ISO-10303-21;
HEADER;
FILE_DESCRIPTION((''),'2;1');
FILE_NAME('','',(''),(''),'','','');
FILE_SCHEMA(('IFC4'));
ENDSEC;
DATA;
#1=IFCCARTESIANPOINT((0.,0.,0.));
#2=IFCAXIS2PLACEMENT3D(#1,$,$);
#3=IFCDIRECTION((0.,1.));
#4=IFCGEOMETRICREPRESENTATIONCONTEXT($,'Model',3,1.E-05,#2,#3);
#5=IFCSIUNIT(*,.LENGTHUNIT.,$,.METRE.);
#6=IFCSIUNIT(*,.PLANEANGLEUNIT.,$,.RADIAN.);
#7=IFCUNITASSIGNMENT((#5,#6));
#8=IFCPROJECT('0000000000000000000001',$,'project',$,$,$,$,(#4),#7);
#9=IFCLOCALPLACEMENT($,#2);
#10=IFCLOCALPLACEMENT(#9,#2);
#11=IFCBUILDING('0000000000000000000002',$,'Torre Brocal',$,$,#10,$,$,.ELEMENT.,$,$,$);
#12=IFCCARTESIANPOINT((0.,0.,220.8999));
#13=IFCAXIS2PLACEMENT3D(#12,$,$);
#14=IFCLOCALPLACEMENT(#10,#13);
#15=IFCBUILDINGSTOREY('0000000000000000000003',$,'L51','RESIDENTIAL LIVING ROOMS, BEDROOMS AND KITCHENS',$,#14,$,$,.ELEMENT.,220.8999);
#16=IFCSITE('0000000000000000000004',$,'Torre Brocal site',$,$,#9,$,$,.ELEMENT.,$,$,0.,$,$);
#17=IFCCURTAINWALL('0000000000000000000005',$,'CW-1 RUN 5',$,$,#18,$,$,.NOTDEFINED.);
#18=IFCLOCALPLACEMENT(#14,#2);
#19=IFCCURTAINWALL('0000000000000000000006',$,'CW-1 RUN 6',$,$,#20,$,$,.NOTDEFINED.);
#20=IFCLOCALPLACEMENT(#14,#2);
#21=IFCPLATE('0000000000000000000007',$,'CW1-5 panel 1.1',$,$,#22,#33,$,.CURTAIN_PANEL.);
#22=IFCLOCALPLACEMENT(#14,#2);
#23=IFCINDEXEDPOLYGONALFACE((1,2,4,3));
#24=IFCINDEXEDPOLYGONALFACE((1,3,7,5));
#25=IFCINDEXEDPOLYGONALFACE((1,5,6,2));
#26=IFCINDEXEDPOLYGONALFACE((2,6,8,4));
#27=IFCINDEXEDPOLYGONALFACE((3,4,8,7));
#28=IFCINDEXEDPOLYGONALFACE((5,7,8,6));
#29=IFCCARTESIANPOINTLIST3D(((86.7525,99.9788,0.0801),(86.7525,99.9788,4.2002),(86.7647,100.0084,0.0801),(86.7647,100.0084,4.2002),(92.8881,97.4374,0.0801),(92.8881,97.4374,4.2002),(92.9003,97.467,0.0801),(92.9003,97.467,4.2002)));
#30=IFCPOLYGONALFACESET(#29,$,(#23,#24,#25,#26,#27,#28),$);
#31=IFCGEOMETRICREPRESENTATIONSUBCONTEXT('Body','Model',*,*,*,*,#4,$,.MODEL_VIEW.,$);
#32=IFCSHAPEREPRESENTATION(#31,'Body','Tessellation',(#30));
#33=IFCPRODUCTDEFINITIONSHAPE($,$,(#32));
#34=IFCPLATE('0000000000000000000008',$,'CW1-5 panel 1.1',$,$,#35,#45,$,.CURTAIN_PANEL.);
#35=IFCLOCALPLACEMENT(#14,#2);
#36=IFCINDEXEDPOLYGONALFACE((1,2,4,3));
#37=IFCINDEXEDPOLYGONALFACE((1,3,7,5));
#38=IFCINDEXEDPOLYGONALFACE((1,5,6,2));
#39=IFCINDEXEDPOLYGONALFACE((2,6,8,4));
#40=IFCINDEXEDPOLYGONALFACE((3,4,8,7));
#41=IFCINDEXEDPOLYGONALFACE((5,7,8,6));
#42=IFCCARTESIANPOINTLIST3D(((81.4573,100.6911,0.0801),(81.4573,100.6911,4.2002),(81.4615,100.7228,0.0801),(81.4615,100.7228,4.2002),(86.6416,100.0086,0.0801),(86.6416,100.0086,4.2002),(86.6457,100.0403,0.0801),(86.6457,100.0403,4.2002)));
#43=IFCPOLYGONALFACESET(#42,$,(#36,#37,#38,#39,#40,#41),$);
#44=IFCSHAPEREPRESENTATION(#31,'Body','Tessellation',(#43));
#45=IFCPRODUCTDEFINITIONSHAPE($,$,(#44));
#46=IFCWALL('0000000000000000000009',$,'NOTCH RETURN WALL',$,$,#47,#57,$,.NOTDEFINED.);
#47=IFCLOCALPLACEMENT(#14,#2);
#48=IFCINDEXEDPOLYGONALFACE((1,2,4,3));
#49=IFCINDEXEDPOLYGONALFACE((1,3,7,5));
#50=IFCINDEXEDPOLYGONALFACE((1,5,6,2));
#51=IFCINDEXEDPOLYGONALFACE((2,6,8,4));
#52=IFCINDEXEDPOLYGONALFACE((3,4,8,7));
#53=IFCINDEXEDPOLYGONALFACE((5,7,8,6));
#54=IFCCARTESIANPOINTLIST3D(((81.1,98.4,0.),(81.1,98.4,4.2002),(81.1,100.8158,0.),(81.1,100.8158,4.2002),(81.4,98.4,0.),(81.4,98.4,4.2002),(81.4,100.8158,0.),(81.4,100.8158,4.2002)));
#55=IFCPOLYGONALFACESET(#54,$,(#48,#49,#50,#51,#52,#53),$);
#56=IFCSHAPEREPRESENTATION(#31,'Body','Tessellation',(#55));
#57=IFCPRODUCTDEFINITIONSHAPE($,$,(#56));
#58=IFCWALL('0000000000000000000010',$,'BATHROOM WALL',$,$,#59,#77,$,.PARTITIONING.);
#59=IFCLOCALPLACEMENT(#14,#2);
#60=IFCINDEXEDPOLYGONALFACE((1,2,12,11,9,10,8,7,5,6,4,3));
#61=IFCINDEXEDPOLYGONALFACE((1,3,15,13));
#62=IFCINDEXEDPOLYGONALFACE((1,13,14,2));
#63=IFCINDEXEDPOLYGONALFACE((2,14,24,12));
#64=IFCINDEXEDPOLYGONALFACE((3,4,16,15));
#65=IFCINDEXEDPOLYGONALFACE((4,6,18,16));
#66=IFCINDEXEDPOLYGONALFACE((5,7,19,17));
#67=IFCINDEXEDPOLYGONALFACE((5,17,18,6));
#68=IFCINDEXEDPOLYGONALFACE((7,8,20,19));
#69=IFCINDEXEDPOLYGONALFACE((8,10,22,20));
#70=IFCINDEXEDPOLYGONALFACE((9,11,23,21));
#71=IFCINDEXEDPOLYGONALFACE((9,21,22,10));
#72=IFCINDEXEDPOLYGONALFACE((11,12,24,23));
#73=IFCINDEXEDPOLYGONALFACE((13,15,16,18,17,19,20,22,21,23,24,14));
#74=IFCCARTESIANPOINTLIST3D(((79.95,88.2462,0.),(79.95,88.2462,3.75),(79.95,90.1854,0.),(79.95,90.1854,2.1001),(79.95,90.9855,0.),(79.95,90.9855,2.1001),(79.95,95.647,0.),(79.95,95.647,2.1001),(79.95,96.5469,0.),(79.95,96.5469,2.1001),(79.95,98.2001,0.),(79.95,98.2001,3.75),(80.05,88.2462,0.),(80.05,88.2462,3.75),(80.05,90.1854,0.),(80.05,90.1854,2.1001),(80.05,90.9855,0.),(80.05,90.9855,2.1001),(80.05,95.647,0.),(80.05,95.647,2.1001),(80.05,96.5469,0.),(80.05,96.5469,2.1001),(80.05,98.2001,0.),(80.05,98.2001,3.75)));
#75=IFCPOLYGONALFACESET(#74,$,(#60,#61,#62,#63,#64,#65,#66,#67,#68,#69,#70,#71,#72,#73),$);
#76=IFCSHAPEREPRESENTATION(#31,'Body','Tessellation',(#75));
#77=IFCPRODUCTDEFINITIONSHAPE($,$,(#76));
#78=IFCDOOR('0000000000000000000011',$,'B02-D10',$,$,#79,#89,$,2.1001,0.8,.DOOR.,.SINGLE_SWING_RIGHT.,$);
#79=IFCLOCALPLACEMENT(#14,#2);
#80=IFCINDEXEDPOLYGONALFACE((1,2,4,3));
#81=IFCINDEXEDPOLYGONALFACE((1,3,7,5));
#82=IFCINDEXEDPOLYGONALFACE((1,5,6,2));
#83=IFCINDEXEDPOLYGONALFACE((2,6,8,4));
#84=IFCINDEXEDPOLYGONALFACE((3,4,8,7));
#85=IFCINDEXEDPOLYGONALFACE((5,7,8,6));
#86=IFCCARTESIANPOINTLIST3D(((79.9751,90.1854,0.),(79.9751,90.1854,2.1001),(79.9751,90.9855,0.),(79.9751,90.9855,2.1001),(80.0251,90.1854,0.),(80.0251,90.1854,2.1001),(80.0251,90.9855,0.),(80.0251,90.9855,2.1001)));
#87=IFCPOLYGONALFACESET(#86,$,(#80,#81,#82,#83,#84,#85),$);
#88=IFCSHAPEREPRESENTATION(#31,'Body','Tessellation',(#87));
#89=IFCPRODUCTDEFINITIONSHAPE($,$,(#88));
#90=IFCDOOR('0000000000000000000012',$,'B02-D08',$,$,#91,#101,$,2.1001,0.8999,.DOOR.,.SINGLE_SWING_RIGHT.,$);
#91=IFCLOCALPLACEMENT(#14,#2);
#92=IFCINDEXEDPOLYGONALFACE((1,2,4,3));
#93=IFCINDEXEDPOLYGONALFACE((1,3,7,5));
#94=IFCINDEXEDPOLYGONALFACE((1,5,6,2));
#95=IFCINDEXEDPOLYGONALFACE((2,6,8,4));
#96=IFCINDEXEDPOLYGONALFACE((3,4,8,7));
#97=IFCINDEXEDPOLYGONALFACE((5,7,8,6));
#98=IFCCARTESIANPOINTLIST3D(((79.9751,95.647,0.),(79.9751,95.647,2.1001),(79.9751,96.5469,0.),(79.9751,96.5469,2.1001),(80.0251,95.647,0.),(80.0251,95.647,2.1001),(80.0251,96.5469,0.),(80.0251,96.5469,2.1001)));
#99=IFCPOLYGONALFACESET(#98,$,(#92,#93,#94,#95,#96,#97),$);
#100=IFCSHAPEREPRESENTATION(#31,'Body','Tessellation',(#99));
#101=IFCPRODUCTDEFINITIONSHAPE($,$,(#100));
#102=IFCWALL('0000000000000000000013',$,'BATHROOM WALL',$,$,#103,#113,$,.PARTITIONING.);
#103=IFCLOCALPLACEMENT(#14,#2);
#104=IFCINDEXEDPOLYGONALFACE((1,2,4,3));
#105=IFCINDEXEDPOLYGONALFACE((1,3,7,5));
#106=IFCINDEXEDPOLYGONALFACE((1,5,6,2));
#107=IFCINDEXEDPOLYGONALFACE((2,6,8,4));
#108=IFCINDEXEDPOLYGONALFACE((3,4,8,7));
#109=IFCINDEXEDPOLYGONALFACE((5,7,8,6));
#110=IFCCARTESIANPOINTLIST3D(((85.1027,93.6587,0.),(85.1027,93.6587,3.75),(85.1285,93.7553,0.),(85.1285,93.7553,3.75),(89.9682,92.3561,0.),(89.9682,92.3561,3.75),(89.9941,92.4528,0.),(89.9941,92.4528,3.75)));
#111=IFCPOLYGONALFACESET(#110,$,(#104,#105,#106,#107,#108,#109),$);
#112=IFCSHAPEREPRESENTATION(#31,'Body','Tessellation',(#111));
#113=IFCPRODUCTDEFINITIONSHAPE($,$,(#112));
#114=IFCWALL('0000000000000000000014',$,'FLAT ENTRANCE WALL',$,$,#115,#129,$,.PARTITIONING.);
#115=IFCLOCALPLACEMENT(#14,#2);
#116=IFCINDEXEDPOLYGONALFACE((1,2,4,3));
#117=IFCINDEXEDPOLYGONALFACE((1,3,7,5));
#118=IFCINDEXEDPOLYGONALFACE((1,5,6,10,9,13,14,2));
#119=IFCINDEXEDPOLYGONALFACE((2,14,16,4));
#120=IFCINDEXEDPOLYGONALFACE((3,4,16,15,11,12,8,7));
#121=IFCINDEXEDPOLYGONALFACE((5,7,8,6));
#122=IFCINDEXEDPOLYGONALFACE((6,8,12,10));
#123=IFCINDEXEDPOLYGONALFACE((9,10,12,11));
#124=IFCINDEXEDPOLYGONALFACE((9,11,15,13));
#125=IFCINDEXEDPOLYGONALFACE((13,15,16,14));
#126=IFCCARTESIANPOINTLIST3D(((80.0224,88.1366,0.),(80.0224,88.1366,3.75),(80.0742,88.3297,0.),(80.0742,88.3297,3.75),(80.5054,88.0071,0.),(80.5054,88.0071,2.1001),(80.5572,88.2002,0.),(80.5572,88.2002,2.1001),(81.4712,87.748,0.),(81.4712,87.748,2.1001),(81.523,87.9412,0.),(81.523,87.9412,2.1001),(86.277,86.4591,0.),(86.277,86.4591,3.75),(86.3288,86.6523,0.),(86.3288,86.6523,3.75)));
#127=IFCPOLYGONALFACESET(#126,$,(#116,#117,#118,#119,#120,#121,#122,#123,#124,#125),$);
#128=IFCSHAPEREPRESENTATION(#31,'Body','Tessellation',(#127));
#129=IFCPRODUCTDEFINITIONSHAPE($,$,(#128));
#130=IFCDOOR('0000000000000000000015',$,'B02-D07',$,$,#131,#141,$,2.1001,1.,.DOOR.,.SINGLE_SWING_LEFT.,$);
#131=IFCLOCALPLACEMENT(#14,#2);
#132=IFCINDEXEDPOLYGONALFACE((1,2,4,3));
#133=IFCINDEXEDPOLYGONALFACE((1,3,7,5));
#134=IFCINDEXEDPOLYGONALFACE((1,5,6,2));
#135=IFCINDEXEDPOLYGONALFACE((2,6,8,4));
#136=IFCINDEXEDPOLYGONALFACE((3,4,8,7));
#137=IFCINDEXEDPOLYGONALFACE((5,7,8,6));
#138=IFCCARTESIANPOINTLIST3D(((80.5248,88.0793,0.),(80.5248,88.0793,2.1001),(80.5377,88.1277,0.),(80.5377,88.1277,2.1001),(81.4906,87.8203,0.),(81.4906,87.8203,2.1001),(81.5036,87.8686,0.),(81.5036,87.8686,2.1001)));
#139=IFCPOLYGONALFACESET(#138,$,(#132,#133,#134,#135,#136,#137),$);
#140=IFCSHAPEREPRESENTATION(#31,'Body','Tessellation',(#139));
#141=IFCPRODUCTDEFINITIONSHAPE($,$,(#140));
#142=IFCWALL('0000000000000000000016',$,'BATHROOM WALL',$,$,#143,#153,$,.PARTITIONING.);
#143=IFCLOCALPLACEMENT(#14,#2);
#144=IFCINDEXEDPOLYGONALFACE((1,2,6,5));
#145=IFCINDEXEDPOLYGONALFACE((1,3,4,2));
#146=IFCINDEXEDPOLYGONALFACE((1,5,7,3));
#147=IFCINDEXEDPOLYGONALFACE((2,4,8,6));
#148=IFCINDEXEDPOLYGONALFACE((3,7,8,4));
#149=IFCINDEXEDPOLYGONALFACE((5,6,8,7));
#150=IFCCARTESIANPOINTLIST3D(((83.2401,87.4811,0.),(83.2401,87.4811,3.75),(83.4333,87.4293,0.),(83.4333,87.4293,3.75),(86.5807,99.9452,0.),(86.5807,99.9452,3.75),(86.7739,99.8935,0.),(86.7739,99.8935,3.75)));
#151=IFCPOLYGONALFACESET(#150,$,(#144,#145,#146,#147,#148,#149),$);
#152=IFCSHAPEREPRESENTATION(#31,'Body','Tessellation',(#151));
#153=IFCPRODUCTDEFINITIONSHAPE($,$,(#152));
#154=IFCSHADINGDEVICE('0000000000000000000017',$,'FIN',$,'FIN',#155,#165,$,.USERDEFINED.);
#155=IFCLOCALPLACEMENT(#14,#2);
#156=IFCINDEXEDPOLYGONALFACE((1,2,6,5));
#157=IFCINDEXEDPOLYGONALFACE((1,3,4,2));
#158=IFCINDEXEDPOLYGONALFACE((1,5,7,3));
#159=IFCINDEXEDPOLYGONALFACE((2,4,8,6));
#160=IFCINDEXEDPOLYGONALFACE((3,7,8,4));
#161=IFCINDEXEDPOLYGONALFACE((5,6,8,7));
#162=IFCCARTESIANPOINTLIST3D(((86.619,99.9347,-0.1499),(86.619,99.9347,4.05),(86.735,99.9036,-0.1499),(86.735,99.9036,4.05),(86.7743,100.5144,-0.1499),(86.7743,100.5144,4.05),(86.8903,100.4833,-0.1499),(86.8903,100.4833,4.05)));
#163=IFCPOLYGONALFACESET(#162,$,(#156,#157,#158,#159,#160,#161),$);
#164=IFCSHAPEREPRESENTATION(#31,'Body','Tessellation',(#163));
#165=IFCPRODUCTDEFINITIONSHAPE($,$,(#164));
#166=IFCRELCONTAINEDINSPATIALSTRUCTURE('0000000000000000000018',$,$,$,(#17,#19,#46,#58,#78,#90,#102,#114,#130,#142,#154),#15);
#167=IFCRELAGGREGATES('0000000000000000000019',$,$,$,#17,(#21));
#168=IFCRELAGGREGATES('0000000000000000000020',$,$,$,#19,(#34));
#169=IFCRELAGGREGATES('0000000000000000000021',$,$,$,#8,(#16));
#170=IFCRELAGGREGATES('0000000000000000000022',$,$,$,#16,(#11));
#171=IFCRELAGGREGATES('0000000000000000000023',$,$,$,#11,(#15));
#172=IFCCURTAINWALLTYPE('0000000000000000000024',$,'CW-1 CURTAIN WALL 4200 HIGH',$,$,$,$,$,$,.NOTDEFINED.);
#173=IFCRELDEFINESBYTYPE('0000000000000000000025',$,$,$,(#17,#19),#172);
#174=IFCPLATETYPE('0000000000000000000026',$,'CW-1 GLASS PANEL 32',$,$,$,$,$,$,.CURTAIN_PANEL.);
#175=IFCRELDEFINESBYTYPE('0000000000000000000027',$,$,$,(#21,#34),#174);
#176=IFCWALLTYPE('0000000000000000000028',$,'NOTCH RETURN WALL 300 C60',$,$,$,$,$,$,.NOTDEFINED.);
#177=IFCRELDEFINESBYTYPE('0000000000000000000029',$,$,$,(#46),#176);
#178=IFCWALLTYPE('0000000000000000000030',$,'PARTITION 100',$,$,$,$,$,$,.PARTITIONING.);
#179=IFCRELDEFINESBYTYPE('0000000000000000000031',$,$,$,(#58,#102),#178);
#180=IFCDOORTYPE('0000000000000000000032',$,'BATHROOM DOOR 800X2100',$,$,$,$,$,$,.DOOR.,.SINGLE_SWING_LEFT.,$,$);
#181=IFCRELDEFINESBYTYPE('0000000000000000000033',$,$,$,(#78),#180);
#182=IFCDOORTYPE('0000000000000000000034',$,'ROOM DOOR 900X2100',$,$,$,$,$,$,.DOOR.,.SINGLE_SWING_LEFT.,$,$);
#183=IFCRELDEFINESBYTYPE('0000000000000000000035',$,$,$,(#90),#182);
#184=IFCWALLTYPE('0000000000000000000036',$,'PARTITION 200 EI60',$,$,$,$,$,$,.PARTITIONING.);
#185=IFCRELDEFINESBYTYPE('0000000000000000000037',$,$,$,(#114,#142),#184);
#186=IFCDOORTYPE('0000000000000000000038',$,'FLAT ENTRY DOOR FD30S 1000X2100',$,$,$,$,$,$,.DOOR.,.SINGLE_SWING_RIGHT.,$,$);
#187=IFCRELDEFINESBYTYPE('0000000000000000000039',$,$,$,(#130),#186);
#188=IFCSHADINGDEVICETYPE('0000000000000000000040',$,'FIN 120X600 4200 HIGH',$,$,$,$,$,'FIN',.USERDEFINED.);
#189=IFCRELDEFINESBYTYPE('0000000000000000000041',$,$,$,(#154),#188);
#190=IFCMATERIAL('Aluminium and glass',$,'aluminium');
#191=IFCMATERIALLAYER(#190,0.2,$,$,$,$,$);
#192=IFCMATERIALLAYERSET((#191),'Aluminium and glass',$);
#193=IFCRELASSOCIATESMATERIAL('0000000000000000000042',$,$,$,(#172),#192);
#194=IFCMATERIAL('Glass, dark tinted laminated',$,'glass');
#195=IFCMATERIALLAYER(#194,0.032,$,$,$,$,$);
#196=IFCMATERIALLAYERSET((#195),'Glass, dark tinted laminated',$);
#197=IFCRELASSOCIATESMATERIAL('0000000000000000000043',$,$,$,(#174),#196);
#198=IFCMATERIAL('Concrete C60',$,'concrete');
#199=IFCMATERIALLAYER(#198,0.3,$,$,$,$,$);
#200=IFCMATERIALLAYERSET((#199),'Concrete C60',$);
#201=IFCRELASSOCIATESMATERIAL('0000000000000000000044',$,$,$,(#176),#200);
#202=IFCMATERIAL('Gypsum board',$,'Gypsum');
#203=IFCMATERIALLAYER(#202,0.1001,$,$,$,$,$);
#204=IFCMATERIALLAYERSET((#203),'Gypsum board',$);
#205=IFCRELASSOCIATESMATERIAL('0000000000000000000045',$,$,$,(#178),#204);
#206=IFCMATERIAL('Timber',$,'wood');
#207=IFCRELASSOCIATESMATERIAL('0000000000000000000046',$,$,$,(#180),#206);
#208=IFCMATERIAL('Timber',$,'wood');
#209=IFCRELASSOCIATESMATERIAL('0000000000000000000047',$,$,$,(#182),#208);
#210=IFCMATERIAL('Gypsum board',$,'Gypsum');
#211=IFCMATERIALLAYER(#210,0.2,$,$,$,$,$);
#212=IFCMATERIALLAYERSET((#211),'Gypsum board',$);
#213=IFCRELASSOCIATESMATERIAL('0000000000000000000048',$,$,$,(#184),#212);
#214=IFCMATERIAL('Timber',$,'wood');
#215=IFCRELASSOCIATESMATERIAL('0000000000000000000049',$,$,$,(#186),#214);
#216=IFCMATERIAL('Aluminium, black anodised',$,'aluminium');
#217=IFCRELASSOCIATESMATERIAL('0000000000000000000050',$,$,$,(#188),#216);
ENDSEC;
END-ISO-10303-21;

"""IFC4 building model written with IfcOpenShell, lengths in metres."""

from ifc_helpers import new_model, si_unit, direction, frame, frame_2d, origin, origin_2d, place, context, subcontext, project, spatial, rectangle, extrude, material, layer, layer_set, material_profile, profile_set, type_object, element, fill, aggregate, save


model = new_model("IFC4")

# Units and contexts
model_context = context("Model", 3, precision=1e-05, world=origin(), true_north=direction((0.0, 1.0)))
body_context = subcontext(model_context, "Body", "Model", "MODEL_VIEW")
ifc_project = project(units=[si_unit("LENGTHUNIT", "METRE"), si_unit("PLANEANGLEUNIT", "RADIAN")], contexts=[model_context])

# Site, building, storey
site_placement = place(None, origin())
site = spatial("IfcSite", under=ifc_project, at=site_placement, Name="Torre Brocal site", CompositionType="ELEMENT", RefElevation=0.0)
building_placement = place(site_placement, origin())
building = spatial("IfcBuilding", under=site, at=building_placement, Name="Torre Brocal", CompositionType="ELEMENT")
storey_placement = place(building_placement, frame((0.0, 0.0, 220.8999)))
storey = spatial("IfcBuildingStorey", under=building, at=storey_placement, Name="L51", Description="RESIDENTIAL LIVING ROOMS, BEDROOMS AND KITCHENS", CompositionType="ELEMENT", Elevation=220.8999)

# Curtain wall
ifc_material_1 = material(Name="Aluminium and glass", Category="aluminium")
ifc_layer_1 = layer(ifc_material_1, 0.2)
ifc_layer_set_1 = layer_set([ifc_layer_1], Name="Aluminium and glass")
curtain_wall_type = type_object("IfcCurtainWallType", Name="CW-1 CURTAIN WALL 4200 HIGH", PredefinedType="NOTDEFINED", material=ifc_layer_set_1)
curtain_wall_1_placement = place(storey_placement, origin())
curtain_wall_1 = element("IfcCurtainWall", 1, at=curtain_wall_1_placement, inside=storey, type_object=curtain_wall_type, Name="CW-1 RUN 5", PredefinedType="NOTDEFINED")

# Curtain wall
curtain_wall_2_placement = place(storey_placement, origin())
curtain_wall_2 = element("IfcCurtainWall", 2, at=curtain_wall_2_placement, inside=storey, type_object=curtain_wall_type, Name="CW-1 RUN 6", PredefinedType="NOTDEFINED")

# Plates
ifc_material_2 = material(Name="Glass, dark tinted laminated", Category="glass")
ifc_layer_2 = layer(ifc_material_2, 0.032)
ifc_layer_set_2 = layer_set([ifc_layer_2], Name="Glass, dark tinted laminated")
plate_type = type_object("IfcPlateType", Name="CW-1 GLASS PANEL 32", PredefinedType="CURTAIN_PANEL", material=ifc_layer_set_2)
plate_1_placement = place(storey_placement, frame((89.8264, 98.7229, 0.0801), z_axis=(0.0, 0.0, 1.0), x_axis=(-0.92388, 0.382683, 0.0)))
plate_1 = element("IfcPlate", 3, at=plate_1_placement, type_object=plate_type, Name="CW1-5 panel 1.1", PredefinedType="CURTAIN_PANEL", context=body_context, shape_type="SweptSolid", body=[
    extrude(rectangle(XDim=6.6411, YDim=0.032, at=origin_2d()), origin(), (0.0, 0.0, 1.0), 4.1201),
])
aggregate(curtain_wall_1, [plate_1])
plate_2_placement = place(storey_placement, frame((84.0515, 100.3657, 0.0801), z_axis=(0.0, 0.0, 1.0), x_axis=(-0.991445, 0.130526, 0.0)))
plate_2 = element("IfcPlate", 4, at=plate_2_placement, type_object=plate_type, Name="CW1-5 panel 1.1", PredefinedType="CURTAIN_PANEL", context=body_context, shape_type="SweptSolid", body=[
    extrude(rectangle(XDim=5.229, YDim=0.032, at=origin_2d()), origin(), (0.0, 0.0, 1.0), 4.1201),
])
aggregate(curtain_wall_2, [plate_2])

# Wall
ifc_material_3 = material(Name="Concrete C60", Category="concrete")
ifc_layer_3 = layer(ifc_material_3, 0.3)
ifc_layer_set_3 = layer_set([ifc_layer_3], Name="Concrete C60")
wall_type_1 = type_object("IfcWallType", Name="NOTCH RETURN WALL 300 C60", PredefinedType="NOTDEFINED", material=ifc_layer_set_3)
wall_1_placement = place(storey_placement, frame((81.25, 98.3999, 0.0), z_axis=(0.0, 0.0, 1.0), x_axis=(0.0, 1.0, 0.0)))
element("IfcWall", 5, at=wall_1_placement, inside=storey, type_object=wall_type_1, Name="NOTCH RETURN WALL", PredefinedType="NOTDEFINED", context=body_context, shape_type="SweptSolid", body=[
    extrude(rectangle(XDim=2.4158, YDim=0.3, at=frame_2d((1.208, 0.0))), origin(), (0.0, 0.0, 1.0), 4.2002),
])

# Wall, openings, doors
ifc_material_4 = material(Name="Gypsum board", Category="Gypsum")
ifc_layer_4 = layer(ifc_material_4, 0.1001)
ifc_layer_set_4 = layer_set([ifc_layer_4], Name="Gypsum board")
wall_type_2 = type_object("IfcWallType", Name="PARTITION 100", PredefinedType="PARTITIONING", material=ifc_layer_set_4)
wall_2_placement = place(storey_placement, frame((80.0, 88.2461, 0.0), z_axis=(0.0, 0.0, 1.0), x_axis=(0.0, 1.0, 0.0)))
wall_2 = element("IfcWall", 6, at=wall_2_placement, inside=storey, type_object=wall_type_2, Name="BATHROOM WALL", PredefinedType="PARTITIONING", context=body_context, shape_type="SweptSolid", body=[
    extrude(rectangle(XDim=9.9539, YDim=0.1001, at=frame_2d((4.9771, 0.0))), origin(), (0.0, 0.0, 1.0), 3.75),
])
opening_1_placement = place(wall_2_placement, frame((7.4009, 0.0, 0.0)))
opening_1 = element("IfcOpeningElement", 7, at=opening_1_placement, cuts=wall_2, PredefinedType="OPENING", context=body_context, shape_type="SweptSolid", body=[
    extrude(rectangle(XDim=0.8999, YDim=2.1001, at=frame_2d((0.45, 1.05))), frame((0.0, 0.0601, 0.0), z_axis=(0.0, -1.0, 0.0), x_axis=(1.0, 0.0, 0.0)), (0.0, 0.0, 1.0), 0.1201),
])
opening_2_placement = place(wall_2_placement, frame((1.9395, 0.0, 0.0)))
opening_2 = element("IfcOpeningElement", 8, at=opening_2_placement, cuts=wall_2, PredefinedType="OPENING", context=body_context, shape_type="SweptSolid", body=[
    extrude(rectangle(XDim=0.8, YDim=2.1001, at=frame_2d((0.3999, 1.05))), frame((0.0, 0.0601, 0.0), z_axis=(0.0, -1.0, 0.0), x_axis=(1.0, 0.0, 0.0)), (0.0, 0.0, 1.0), 0.1201),
])
ifc_material_5 = material(Name="Timber", Category="wood")
door_type_1 = type_object("IfcDoorType", Name="BATHROOM DOOR 800X2100", OperationType="SINGLE_SWING_LEFT", PredefinedType="DOOR", material=ifc_material_5)
door_1_placement = place(opening_2_placement, origin())
door_1 = element("IfcDoor", 9, at=door_1_placement, inside=storey, type_object=door_type_1, Name="B02-D10", OperationType="SINGLE_SWING_RIGHT", OverallHeight=2.1001, OverallWidth=0.8, PredefinedType="DOOR", context=body_context, shape_type="SweptSolid", body=[
    extrude(rectangle(XDim=0.8, YDim=2.1001, at=frame_2d((0.3999, 1.05))), frame((0.0, 0.0249, 0.0), z_axis=(0.0, -1.0, 0.0), x_axis=(1.0, 0.0, 0.0)), (0.0, 0.0, 1.0), 0.05),
])
fill(opening_2, door_1)
ifc_material_6 = material(Name="Timber", Category="wood")
door_type_2 = type_object("IfcDoorType", Name="ROOM DOOR 900X2100", OperationType="SINGLE_SWING_LEFT", PredefinedType="DOOR", material=ifc_material_6)
door_2_placement = place(opening_1_placement, origin())
door_2 = element("IfcDoor", 10, at=door_2_placement, inside=storey, type_object=door_type_2, Name="B02-D08", OperationType="SINGLE_SWING_RIGHT", OverallHeight=2.1001, OverallWidth=0.8999, PredefinedType="DOOR", context=body_context, shape_type="SweptSolid", body=[
    extrude(rectangle(XDim=0.8999, YDim=2.1001, at=frame_2d((0.45, 1.05))), frame((0.0, 0.0249, 0.0), z_axis=(0.0, -1.0, 0.0), x_axis=(1.0, 0.0, 0.0)), (0.0, 0.0, 1.0), 0.05),
])
fill(opening_1, door_2)

# Wall
wall_3_placement = place(storey_placement, frame((85.1155, 93.707, 0.0), z_axis=(0.0, 0.0, 1.0), x_axis=(0.965986, -0.258595, 0.0)))
element("IfcWall", 11, at=wall_3_placement, inside=storey, type_object=wall_type_2, Name="BATHROOM WALL", PredefinedType="PARTITIONING", context=body_context, shape_type="SweptSolid", body=[
    extrude(rectangle(XDim=5.0369, YDim=0.1001, at=frame_2d((2.5186, 0.0))), origin(), (0.0, 0.0, 1.0), 3.75),
])

# Wall, opening, door
ifc_material_7 = material(Name="Gypsum board", Category="Gypsum")
ifc_layer_5 = layer(ifc_material_7, 0.2)
ifc_layer_set_5 = layer_set([ifc_layer_5], Name="Gypsum board")
wall_type_3 = type_object("IfcWallType", Name="PARTITION 200 EI60", PredefinedType="PARTITIONING", material=ifc_layer_set_5)
wall_4_placement = place(storey_placement, frame((80.0483, 88.2332, 0.0), z_axis=(0.0, 0.0, 1.0), x_axis=(0.965865, -0.259045, 0.0)))
wall_4 = element("IfcWall", 12, at=wall_4_placement, inside=storey, type_object=wall_type_3, Name="FLAT ENTRANCE WALL", PredefinedType="PARTITIONING", context=body_context, shape_type="SweptSolid", body=[
    extrude(rectangle(XDim=6.4756, YDim=0.2, at=frame_2d((3.2378, 0.0))), origin(), (0.0, 0.0, 1.0), 3.75),
])
opening_3_placement = place(wall_4_placement, frame((0.5, 0.0, 0.0)))
opening_3 = element("IfcOpeningElement", 13, at=opening_3_placement, cuts=wall_4, PredefinedType="OPENING", context=body_context, shape_type="SweptSolid", body=[
    extrude(rectangle(XDim=1.0, YDim=2.1001, at=frame_2d((0.5, 1.05))), frame((0.0, 0.1099, 0.0), z_axis=(0.0, -1.0, 0.0), x_axis=(1.0, 0.0, 0.0)), (0.0, 0.0, 1.0), 0.22),
])
ifc_material_8 = material(Name="Timber", Category="wood")
door_type_3 = type_object("IfcDoorType", Name="FLAT ENTRY DOOR FD30S 1000X2100", OperationType="SINGLE_SWING_RIGHT", PredefinedType="DOOR", material=ifc_material_8)
door_3_placement = place(opening_3_placement, origin())
door_3 = element("IfcDoor", 14, at=door_3_placement, inside=storey, type_object=door_type_3, Name="B02-D07", OperationType="SINGLE_SWING_LEFT", OverallHeight=2.1001, OverallWidth=1.0, PredefinedType="DOOR", context=body_context, shape_type="SweptSolid", body=[
    extrude(rectangle(XDim=1.0, YDim=2.1001, at=frame_2d((0.5, 1.05))), frame((0.0, 0.0249, 0.0), z_axis=(0.0, -1.0, 0.0), x_axis=(1.0, 0.0, 0.0)), (0.0, 0.0, 1.0), 0.05),
])
fill(opening_3, door_3)

# Wall
wall_5_placement = place(storey_placement, frame((83.3367, 87.4551, 0.0), z_axis=(0.0, 0.0, 1.0), x_axis=(0.258879, 0.96591, 0.0)))
element("IfcWall", 15, at=wall_5_placement, inside=storey, type_object=wall_type_3, Name="BATHROOM WALL", PredefinedType="PARTITIONING", context=body_context, shape_type="SweptSolid", body=[
    extrude(rectangle(XDim=12.9041, YDim=0.2, at=frame_2d((6.4521, 0.0))), origin(), (0.0, 0.0, 1.0), 3.75),
])

# Shading device
ifc_material_9 = material(Name="Aluminium, black anodised", Category="aluminium")
ifc_material_profile_1 = material_profile(ifc_material_9, rectangle(XDim=0.1201, YDim=0.6001, at=origin_2d()), Name="FIN 120X600 4200 HIGH")
ifc_profile_set_1 = profile_set([ifc_material_profile_1], Name="Aluminium, black anodised")
shading_device_type = type_object("IfcShadingDeviceType", Name="FIN 120X600 4200 HIGH", ElementType="FIN", PredefinedType="USERDEFINED", material=ifc_profile_set_1)
shading_device_placement = place(storey_placement, frame((86.7546, 100.209, -0.1499), z_axis=(0.0, 0.0, 1.0), x_axis=(-0.965926, 0.258819, 0.0)))
element("IfcShadingDevice", 16, at=shading_device_placement, inside=storey, type_object=shading_device_type, Name="FIN", ObjectType="FIN", PredefinedType="USERDEFINED", context=body_context, shape_type="SweptSolid", body=[
    extrude(rectangle(XDim=0.1201, YDim=0.6001, at=origin_2d()), origin(), (0.0, 0.0, 1.0), 4.2),
])

save(model, "model.ifc")
